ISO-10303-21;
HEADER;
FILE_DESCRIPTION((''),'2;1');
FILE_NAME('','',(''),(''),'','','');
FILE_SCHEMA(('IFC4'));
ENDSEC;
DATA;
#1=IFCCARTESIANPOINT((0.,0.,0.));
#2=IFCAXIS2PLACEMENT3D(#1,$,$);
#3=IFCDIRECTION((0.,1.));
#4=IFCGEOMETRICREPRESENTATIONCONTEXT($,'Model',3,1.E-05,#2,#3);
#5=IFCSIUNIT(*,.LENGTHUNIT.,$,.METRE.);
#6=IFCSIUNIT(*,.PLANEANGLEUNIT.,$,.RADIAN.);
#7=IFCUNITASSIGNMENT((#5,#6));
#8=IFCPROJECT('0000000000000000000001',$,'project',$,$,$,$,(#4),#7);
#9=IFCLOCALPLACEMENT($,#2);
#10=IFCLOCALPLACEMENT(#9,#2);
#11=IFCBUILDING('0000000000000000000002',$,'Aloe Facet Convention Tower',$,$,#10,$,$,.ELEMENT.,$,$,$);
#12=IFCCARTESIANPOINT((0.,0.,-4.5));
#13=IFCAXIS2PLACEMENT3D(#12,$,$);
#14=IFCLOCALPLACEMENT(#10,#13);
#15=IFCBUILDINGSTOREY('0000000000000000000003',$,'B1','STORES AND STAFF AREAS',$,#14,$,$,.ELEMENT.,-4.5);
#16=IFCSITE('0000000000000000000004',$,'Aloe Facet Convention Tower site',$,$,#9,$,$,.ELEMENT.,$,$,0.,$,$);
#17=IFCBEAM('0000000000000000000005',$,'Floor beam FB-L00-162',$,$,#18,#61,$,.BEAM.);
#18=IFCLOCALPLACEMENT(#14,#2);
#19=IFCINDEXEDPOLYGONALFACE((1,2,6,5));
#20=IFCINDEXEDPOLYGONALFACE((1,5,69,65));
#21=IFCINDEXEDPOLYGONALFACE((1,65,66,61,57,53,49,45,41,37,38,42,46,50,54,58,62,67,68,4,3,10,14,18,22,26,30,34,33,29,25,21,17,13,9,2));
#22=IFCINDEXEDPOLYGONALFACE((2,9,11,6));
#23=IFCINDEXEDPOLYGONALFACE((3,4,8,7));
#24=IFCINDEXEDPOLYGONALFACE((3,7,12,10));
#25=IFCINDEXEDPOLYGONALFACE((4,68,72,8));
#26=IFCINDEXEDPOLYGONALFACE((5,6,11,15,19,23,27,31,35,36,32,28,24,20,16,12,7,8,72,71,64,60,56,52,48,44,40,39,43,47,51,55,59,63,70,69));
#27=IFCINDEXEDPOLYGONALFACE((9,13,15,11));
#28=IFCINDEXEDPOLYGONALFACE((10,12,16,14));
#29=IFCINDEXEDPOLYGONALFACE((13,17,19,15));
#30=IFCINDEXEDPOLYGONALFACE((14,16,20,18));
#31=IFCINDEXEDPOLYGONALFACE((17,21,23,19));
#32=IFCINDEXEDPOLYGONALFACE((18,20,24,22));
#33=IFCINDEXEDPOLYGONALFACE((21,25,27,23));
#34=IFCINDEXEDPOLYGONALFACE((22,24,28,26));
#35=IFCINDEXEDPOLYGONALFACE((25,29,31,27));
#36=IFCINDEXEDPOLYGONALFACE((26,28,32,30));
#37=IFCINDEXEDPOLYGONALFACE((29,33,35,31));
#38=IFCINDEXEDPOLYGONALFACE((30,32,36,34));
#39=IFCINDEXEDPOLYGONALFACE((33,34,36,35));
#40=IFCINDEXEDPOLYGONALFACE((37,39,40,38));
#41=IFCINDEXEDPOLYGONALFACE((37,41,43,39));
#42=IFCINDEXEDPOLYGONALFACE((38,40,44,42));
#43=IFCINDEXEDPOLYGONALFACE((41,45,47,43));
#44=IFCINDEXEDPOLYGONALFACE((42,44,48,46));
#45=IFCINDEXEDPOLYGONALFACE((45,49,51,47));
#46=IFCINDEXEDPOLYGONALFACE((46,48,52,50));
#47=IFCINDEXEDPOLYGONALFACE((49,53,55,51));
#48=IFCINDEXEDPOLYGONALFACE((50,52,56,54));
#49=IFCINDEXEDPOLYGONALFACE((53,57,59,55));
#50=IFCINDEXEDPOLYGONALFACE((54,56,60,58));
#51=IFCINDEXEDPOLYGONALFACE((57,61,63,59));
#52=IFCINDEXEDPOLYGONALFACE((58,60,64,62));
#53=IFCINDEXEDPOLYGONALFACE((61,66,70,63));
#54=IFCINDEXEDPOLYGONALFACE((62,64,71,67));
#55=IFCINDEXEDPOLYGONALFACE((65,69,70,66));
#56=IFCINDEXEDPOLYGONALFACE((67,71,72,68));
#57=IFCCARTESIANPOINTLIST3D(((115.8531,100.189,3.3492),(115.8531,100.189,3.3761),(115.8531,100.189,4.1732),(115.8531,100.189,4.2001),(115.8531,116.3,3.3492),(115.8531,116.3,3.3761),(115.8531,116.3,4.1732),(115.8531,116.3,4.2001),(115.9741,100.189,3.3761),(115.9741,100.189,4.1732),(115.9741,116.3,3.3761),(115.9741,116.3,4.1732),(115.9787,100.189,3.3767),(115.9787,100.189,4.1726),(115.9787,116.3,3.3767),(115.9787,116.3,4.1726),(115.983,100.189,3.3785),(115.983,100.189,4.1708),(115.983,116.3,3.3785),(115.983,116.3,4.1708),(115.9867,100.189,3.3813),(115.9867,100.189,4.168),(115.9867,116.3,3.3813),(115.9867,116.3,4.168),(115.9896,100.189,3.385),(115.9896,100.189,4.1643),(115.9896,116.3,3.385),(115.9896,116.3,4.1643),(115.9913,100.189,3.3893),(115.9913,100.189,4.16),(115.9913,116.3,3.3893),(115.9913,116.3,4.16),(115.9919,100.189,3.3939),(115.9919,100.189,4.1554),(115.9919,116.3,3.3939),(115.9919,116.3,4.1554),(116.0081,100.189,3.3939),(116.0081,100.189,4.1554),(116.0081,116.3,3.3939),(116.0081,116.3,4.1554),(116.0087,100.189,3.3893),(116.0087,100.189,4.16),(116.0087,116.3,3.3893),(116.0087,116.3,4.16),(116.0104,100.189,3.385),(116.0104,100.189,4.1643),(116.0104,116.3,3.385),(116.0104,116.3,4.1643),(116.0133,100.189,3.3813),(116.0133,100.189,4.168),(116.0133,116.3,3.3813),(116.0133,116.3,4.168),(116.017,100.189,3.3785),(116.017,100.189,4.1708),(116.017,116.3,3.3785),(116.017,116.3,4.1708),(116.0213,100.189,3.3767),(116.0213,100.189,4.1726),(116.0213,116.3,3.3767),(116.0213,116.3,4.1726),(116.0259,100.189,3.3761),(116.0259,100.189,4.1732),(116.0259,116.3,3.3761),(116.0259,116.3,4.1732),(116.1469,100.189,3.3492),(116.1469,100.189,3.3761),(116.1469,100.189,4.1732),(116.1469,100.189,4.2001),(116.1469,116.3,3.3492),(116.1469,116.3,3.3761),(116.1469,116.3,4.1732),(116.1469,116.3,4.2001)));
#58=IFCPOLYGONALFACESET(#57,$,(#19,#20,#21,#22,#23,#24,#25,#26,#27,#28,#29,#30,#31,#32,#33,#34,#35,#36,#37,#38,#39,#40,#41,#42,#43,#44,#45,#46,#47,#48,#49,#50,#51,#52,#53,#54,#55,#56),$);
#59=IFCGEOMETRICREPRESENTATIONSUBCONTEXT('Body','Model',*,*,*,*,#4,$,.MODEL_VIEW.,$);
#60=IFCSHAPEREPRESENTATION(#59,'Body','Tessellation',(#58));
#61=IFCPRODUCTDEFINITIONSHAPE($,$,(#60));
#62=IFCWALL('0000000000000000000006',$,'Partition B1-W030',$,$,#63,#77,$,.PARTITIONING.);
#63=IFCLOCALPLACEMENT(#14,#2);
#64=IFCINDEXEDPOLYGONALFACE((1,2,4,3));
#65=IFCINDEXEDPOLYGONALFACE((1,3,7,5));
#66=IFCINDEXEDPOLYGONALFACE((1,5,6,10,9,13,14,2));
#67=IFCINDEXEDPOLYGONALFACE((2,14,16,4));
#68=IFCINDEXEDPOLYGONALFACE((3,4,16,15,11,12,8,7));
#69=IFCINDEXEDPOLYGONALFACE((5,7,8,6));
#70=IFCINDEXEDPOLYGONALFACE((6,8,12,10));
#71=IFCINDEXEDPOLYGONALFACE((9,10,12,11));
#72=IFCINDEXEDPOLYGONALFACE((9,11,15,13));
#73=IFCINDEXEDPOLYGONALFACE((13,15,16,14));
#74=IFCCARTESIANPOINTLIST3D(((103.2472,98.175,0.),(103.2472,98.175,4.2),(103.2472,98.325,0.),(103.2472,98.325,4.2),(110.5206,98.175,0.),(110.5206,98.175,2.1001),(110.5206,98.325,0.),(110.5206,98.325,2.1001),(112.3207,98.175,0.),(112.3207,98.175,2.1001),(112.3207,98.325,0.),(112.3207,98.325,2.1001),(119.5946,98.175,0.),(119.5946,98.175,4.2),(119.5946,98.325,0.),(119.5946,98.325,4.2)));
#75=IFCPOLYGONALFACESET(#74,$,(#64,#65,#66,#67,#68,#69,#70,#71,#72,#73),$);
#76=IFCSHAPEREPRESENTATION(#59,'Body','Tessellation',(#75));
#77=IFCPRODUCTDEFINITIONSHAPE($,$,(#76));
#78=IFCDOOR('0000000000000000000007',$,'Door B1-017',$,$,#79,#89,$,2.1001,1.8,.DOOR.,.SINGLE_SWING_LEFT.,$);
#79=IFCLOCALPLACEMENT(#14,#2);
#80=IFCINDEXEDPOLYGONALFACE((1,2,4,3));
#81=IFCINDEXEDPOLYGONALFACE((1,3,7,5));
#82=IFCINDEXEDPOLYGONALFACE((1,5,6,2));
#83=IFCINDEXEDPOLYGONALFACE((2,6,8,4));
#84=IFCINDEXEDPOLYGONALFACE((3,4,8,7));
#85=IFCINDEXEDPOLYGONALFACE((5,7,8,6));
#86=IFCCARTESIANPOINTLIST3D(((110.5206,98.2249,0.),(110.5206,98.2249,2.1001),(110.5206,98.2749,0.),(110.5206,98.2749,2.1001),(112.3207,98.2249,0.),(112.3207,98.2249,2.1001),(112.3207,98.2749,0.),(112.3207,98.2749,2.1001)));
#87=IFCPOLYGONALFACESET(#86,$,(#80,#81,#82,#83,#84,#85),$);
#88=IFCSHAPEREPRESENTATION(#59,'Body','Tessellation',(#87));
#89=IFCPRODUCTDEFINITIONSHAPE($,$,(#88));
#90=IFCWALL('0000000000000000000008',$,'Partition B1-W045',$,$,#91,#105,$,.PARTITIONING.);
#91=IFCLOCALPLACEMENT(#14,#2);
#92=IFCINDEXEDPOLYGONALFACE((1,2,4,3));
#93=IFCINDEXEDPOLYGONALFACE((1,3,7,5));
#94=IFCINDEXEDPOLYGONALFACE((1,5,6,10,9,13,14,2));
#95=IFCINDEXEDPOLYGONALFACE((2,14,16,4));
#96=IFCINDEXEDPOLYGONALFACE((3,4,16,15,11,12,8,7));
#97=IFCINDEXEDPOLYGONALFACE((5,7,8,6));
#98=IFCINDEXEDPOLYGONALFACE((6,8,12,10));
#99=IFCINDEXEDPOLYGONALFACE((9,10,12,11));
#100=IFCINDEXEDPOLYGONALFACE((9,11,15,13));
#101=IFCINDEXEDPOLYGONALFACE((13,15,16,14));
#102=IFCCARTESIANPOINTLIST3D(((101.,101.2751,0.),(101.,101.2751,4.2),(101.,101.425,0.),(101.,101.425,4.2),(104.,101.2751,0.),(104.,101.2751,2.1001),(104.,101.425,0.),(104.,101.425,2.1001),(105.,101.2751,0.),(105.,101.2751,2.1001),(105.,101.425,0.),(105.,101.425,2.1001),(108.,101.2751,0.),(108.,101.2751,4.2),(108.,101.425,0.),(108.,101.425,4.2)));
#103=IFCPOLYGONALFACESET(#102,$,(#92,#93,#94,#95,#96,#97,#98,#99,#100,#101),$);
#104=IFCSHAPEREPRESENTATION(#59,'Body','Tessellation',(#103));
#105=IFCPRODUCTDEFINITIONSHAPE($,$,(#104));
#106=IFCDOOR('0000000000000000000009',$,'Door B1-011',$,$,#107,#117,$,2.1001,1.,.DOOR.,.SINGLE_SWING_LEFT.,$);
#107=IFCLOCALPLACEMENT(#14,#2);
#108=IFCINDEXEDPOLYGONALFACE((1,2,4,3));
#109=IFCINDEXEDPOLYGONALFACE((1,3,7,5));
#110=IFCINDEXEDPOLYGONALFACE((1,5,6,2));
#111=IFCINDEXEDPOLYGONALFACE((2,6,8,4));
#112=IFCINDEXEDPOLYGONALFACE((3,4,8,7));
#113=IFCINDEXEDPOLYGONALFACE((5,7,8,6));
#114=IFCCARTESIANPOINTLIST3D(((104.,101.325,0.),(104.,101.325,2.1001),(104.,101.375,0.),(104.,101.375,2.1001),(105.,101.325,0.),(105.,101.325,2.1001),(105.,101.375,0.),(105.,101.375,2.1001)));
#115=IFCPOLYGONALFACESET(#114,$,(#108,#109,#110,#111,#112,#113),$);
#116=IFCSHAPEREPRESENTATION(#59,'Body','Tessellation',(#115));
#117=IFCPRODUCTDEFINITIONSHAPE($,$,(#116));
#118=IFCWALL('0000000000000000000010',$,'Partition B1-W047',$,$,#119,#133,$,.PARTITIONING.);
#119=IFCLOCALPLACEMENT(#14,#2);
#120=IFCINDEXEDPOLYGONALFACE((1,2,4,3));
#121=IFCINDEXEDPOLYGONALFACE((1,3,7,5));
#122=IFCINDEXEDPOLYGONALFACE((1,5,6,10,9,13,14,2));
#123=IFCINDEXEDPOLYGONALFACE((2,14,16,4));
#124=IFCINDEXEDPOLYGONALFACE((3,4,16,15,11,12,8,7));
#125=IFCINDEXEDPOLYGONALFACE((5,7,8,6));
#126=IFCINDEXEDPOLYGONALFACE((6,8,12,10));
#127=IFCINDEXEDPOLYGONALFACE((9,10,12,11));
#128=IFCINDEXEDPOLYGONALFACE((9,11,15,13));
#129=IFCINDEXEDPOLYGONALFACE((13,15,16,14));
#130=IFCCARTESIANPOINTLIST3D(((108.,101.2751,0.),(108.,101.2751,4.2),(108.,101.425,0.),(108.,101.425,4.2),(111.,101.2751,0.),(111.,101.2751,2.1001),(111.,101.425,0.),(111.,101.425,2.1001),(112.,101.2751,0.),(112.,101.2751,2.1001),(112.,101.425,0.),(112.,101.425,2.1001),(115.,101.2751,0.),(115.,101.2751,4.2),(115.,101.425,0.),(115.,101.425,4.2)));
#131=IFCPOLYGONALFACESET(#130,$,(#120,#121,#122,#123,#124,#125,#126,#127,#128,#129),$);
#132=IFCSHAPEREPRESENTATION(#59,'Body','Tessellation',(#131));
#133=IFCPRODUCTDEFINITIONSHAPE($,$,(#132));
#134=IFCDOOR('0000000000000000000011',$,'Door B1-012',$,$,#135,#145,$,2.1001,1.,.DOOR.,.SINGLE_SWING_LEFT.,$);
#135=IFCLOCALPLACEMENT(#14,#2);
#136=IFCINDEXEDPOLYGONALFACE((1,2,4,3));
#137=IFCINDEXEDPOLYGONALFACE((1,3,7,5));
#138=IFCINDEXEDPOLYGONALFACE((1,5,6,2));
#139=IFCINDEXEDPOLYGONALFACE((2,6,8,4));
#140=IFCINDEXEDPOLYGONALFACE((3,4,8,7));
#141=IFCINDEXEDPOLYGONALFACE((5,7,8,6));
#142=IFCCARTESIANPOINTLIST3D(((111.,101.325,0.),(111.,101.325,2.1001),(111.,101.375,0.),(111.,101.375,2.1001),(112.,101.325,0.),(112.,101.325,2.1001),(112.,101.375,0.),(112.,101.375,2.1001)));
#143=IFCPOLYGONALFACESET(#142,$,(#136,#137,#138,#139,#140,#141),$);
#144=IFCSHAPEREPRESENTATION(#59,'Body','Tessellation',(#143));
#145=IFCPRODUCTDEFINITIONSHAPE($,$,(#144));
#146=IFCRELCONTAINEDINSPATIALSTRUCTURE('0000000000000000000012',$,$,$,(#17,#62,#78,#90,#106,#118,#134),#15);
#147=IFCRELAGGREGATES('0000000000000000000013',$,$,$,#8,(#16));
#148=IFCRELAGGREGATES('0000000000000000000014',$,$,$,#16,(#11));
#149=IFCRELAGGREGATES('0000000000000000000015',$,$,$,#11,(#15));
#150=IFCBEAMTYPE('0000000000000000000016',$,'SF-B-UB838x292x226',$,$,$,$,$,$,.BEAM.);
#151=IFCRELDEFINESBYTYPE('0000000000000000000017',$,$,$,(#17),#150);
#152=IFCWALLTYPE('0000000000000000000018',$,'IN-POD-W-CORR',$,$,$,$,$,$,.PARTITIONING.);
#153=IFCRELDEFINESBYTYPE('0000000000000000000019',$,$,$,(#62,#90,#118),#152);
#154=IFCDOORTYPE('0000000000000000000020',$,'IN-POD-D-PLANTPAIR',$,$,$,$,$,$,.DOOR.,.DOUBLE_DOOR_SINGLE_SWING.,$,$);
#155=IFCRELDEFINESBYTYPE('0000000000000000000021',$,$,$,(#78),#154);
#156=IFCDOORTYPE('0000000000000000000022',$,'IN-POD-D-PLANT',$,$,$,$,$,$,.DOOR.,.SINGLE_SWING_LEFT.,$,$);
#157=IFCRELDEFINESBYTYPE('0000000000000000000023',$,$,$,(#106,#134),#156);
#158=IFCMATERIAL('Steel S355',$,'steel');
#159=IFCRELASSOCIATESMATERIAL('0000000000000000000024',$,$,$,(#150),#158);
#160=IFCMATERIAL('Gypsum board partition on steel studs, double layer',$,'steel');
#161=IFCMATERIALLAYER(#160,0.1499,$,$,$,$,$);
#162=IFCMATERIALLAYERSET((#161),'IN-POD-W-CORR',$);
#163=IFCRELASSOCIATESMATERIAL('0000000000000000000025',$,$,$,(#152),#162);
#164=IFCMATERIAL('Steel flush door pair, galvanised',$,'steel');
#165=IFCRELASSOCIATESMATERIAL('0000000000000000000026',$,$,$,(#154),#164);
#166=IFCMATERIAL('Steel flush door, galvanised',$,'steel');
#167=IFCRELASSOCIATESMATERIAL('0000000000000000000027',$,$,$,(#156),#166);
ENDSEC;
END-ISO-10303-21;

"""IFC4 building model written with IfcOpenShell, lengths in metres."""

from ifc_helpers import new_model, si_unit, direction, frame, frame_2d, origin, origin_2d, place, context, subcontext, project, spatial, rectangle, i_section, extrude, material, layer, layer_set, material_profile, profile_set, type_object, element, fill, save


model = new_model("IFC4")

# Units and contexts
model_context = context("Model", 3, precision=1e-05, world=origin(), true_north=direction((0.0, 1.0)))
body_context = subcontext(model_context, "Body", "Model", "MODEL_VIEW")
ifc_project = project(units=[si_unit("LENGTHUNIT", "METRE"), si_unit("PLANEANGLEUNIT", "RADIAN")], contexts=[model_context])

# Site, building, storey
site_placement = place(None, origin())
site = spatial("IfcSite", under=ifc_project, at=site_placement, Name="Aloe Facet Convention Tower site", CompositionType="ELEMENT", RefElevation=0.0)
building_placement = place(site_placement, origin())
building = spatial("IfcBuilding", under=site, at=building_placement, Name="Aloe Facet Convention Tower", CompositionType="ELEMENT")
storey_placement = place(building_placement, frame((0.0, 0.0, -4.5)))
storey = spatial("IfcBuildingStorey", under=building, at=storey_placement, Name="B1", Description="STORES AND STAFF AREAS", CompositionType="ELEMENT", Elevation=-4.5)

# Beam
ifc_material_1 = material(Name="Steel S355", Category="steel")
ifc_material_profile_1 = material_profile(ifc_material_1, i_section(OverallWidth=0.2937, OverallDepth=0.8508, WebThickness=0.0161, FlangeThickness=0.0269, FilletRadius=0.0178, at=origin_2d()), Name="UB 838x292x226")
ifc_profile_set_1 = profile_set([ifc_material_profile_1], Name="Steel S355")
beam_type_1 = type_object("IfcBeamType", Name="SF-B-UB838x292x226", PredefinedType="BEAM", material=ifc_profile_set_1)
beam_1_placement = place(storey_placement, frame((116.0, 100.189, 3.7747), z_axis=(0.0, 1.0, 0.0), x_axis=(-1.0, 0.0, 0.0)))
element("IfcBeam", 1, at=beam_1_placement, inside=storey, type_object=beam_type_1, Name="Floor beam FB-L00-162", PredefinedType="BEAM", context=body_context, shape_type="SweptSolid", body=[
    extrude(i_section(OverallWidth=0.2937, OverallDepth=0.8508, WebThickness=0.0161, FlangeThickness=0.0269, FilletRadius=0.0178, at=origin_2d()), origin(), (0.0, 0.0, 1.0), 16.1111),
])

# Walls, openings, doors
ifc_material_2 = material(Name="Gypsum board partition on steel studs, double layer", Category="steel")
ifc_layer = layer(ifc_material_2, 0.1499)
ifc_layer_set = layer_set([ifc_layer], Name="IN-POD-W-CORR")
wall_type = type_object("IfcWallType", Name="IN-POD-W-CORR", PredefinedType="PARTITIONING", material=ifc_layer_set)
wall_1_placement = place(storey_placement, frame((103.2471, 98.25, 0.0), z_axis=(0.0, 0.0, 1.0), x_axis=(1.0, 0.0, 0.0)))
wall_1 = element("IfcWall", 2, at=wall_1_placement, inside=storey, type_object=wall_type, Name="Partition B1-W030", PredefinedType="PARTITIONING", context=body_context, shape_type="SweptSolid", body=[
    extrude(rectangle(XDim=16.3474, YDim=0.1499, at=frame_2d((8.1738, 0.0))), origin(), (0.0, 0.0, 1.0), 4.2),
])
opening_1_placement = place(wall_1_placement, frame((7.2737, 0.0, 0.0)))
opening_1 = element("IfcOpeningElement", 3, at=opening_1_placement, cuts=wall_1, PredefinedType="OPENING", context=body_context, shape_type="SweptSolid", body=[
    extrude(rectangle(XDim=1.8, YDim=2.1001, at=frame_2d((0.8999, 1.05))), frame((0.0, 0.085, 0.0), z_axis=(0.0, -1.0, 0.0), x_axis=(1.0, 0.0, 0.0)), (0.0, 0.0, 1.0), 0.1699),
])
ifc_material_3 = material(Name="Steel flush door pair, galvanised", Category="steel")
door_type_1 = type_object("IfcDoorType", Name="IN-POD-D-PLANTPAIR", OperationType="DOUBLE_DOOR_SINGLE_SWING", PredefinedType="DOOR", material=ifc_material_3)
door_1_placement = place(opening_1_placement, origin())
door_1 = element("IfcDoor", 4, at=door_1_placement, inside=storey, type_object=door_type_1, Name="Door B1-017", OperationType="SINGLE_SWING_LEFT", OverallHeight=2.1001, OverallWidth=1.8, PredefinedType="DOOR", context=body_context, shape_type="SweptSolid", body=[
    extrude(rectangle(XDim=1.8, YDim=2.1001, at=frame_2d((0.8999, 1.05))), frame((0.0, 0.0249, 0.0), z_axis=(0.0, -1.0, 0.0), x_axis=(1.0, 0.0, 0.0)), (0.0, 0.0, 1.0), 0.05),
])
fill(opening_1, door_1)
wall_2_placement = place(storey_placement, frame((101.0, 101.3501, 0.0), z_axis=(0.0, 0.0, 1.0), x_axis=(1.0, 0.0, 0.0)))
wall_2 = element("IfcWall", 5, at=wall_2_placement, inside=storey, type_object=wall_type, Name="Partition B1-W045", PredefinedType="PARTITIONING", context=body_context, shape_type="SweptSolid", body=[
    extrude(rectangle(XDim=7.0, YDim=0.1499, at=frame_2d((3.5, 0.0))), origin(), (0.0, 0.0, 1.0), 4.2),
])
opening_2_placement = place(wall_2_placement, frame((3.0, 0.0, 0.0)))
opening_2 = element("IfcOpeningElement", 6, at=opening_2_placement, cuts=wall_2, PredefinedType="OPENING", context=body_context, shape_type="SweptSolid", body=[
    extrude(rectangle(XDim=1.0, YDim=2.1001, at=frame_2d((0.5, 1.05))), frame((0.0, 0.085, 0.0), z_axis=(0.0, -1.0, 0.0), x_axis=(1.0, 0.0, 0.0)), (0.0, 0.0, 1.0), 0.1699),
])
ifc_material_4 = material(Name="Steel flush door, galvanised", Category="steel")
door_type_2 = type_object("IfcDoorType", Name="IN-POD-D-PLANT", OperationType="SINGLE_SWING_LEFT", PredefinedType="DOOR", material=ifc_material_4)
door_2_placement = place(opening_2_placement, origin())
door_2 = element("IfcDoor", 7, at=door_2_placement, inside=storey, type_object=door_type_2, Name="Door B1-011", OperationType="SINGLE_SWING_LEFT", OverallHeight=2.1001, OverallWidth=1.0, PredefinedType="DOOR", context=body_context, shape_type="SweptSolid", body=[
    extrude(rectangle(XDim=1.0, YDim=2.1001, at=frame_2d((0.5, 1.05))), frame((0.0, 0.0249, 0.0), z_axis=(0.0, -1.0, 0.0), x_axis=(1.0, 0.0, 0.0)), (0.0, 0.0, 1.0), 0.05),
])
fill(opening_2, door_2)
wall_3_placement = place(storey_placement, frame((108.0, 101.3501, 0.0), z_axis=(0.0, 0.0, 1.0), x_axis=(1.0, 0.0, 0.0)))
wall_3 = element("IfcWall", 8, at=wall_3_placement, inside=storey, type_object=wall_type, Name="Partition B1-W047", PredefinedType="PARTITIONING", context=body_context, shape_type="SweptSolid", body=[
    extrude(rectangle(XDim=7.0, YDim=0.1499, at=frame_2d((3.5, 0.0))), origin(), (0.0, 0.0, 1.0), 4.2),
])
opening_3_placement = place(wall_3_placement, frame((3.0, 0.0, 0.0)))
opening_3 = element("IfcOpeningElement", 9, at=opening_3_placement, cuts=wall_3, PredefinedType="OPENING", context=body_context, shape_type="SweptSolid", body=[
    extrude(rectangle(XDim=1.0, YDim=2.1001, at=frame_2d((0.5, 1.05))), frame((0.0, 0.085, 0.0), z_axis=(0.0, -1.0, 0.0), x_axis=(1.0, 0.0, 0.0)), (0.0, 0.0, 1.0), 0.1699),
])
door_3_placement = place(opening_3_placement, origin())
door_3 = element("IfcDoor", 10, at=door_3_placement, inside=storey, type_object=door_type_2, Name="Door B1-012", OperationType="SINGLE_SWING_LEFT", OverallHeight=2.1001, OverallWidth=1.0, PredefinedType="DOOR", context=body_context, shape_type="SweptSolid", body=[
    extrude(rectangle(XDim=1.0, YDim=2.1001, at=frame_2d((0.5, 1.05))), frame((0.0, 0.0249, 0.0), z_axis=(0.0, -1.0, 0.0), x_axis=(1.0, 0.0, 0.0)), (0.0, 0.0, 1.0), 0.05),
])
fill(opening_3, door_3)

save(model, "model.ifc")
